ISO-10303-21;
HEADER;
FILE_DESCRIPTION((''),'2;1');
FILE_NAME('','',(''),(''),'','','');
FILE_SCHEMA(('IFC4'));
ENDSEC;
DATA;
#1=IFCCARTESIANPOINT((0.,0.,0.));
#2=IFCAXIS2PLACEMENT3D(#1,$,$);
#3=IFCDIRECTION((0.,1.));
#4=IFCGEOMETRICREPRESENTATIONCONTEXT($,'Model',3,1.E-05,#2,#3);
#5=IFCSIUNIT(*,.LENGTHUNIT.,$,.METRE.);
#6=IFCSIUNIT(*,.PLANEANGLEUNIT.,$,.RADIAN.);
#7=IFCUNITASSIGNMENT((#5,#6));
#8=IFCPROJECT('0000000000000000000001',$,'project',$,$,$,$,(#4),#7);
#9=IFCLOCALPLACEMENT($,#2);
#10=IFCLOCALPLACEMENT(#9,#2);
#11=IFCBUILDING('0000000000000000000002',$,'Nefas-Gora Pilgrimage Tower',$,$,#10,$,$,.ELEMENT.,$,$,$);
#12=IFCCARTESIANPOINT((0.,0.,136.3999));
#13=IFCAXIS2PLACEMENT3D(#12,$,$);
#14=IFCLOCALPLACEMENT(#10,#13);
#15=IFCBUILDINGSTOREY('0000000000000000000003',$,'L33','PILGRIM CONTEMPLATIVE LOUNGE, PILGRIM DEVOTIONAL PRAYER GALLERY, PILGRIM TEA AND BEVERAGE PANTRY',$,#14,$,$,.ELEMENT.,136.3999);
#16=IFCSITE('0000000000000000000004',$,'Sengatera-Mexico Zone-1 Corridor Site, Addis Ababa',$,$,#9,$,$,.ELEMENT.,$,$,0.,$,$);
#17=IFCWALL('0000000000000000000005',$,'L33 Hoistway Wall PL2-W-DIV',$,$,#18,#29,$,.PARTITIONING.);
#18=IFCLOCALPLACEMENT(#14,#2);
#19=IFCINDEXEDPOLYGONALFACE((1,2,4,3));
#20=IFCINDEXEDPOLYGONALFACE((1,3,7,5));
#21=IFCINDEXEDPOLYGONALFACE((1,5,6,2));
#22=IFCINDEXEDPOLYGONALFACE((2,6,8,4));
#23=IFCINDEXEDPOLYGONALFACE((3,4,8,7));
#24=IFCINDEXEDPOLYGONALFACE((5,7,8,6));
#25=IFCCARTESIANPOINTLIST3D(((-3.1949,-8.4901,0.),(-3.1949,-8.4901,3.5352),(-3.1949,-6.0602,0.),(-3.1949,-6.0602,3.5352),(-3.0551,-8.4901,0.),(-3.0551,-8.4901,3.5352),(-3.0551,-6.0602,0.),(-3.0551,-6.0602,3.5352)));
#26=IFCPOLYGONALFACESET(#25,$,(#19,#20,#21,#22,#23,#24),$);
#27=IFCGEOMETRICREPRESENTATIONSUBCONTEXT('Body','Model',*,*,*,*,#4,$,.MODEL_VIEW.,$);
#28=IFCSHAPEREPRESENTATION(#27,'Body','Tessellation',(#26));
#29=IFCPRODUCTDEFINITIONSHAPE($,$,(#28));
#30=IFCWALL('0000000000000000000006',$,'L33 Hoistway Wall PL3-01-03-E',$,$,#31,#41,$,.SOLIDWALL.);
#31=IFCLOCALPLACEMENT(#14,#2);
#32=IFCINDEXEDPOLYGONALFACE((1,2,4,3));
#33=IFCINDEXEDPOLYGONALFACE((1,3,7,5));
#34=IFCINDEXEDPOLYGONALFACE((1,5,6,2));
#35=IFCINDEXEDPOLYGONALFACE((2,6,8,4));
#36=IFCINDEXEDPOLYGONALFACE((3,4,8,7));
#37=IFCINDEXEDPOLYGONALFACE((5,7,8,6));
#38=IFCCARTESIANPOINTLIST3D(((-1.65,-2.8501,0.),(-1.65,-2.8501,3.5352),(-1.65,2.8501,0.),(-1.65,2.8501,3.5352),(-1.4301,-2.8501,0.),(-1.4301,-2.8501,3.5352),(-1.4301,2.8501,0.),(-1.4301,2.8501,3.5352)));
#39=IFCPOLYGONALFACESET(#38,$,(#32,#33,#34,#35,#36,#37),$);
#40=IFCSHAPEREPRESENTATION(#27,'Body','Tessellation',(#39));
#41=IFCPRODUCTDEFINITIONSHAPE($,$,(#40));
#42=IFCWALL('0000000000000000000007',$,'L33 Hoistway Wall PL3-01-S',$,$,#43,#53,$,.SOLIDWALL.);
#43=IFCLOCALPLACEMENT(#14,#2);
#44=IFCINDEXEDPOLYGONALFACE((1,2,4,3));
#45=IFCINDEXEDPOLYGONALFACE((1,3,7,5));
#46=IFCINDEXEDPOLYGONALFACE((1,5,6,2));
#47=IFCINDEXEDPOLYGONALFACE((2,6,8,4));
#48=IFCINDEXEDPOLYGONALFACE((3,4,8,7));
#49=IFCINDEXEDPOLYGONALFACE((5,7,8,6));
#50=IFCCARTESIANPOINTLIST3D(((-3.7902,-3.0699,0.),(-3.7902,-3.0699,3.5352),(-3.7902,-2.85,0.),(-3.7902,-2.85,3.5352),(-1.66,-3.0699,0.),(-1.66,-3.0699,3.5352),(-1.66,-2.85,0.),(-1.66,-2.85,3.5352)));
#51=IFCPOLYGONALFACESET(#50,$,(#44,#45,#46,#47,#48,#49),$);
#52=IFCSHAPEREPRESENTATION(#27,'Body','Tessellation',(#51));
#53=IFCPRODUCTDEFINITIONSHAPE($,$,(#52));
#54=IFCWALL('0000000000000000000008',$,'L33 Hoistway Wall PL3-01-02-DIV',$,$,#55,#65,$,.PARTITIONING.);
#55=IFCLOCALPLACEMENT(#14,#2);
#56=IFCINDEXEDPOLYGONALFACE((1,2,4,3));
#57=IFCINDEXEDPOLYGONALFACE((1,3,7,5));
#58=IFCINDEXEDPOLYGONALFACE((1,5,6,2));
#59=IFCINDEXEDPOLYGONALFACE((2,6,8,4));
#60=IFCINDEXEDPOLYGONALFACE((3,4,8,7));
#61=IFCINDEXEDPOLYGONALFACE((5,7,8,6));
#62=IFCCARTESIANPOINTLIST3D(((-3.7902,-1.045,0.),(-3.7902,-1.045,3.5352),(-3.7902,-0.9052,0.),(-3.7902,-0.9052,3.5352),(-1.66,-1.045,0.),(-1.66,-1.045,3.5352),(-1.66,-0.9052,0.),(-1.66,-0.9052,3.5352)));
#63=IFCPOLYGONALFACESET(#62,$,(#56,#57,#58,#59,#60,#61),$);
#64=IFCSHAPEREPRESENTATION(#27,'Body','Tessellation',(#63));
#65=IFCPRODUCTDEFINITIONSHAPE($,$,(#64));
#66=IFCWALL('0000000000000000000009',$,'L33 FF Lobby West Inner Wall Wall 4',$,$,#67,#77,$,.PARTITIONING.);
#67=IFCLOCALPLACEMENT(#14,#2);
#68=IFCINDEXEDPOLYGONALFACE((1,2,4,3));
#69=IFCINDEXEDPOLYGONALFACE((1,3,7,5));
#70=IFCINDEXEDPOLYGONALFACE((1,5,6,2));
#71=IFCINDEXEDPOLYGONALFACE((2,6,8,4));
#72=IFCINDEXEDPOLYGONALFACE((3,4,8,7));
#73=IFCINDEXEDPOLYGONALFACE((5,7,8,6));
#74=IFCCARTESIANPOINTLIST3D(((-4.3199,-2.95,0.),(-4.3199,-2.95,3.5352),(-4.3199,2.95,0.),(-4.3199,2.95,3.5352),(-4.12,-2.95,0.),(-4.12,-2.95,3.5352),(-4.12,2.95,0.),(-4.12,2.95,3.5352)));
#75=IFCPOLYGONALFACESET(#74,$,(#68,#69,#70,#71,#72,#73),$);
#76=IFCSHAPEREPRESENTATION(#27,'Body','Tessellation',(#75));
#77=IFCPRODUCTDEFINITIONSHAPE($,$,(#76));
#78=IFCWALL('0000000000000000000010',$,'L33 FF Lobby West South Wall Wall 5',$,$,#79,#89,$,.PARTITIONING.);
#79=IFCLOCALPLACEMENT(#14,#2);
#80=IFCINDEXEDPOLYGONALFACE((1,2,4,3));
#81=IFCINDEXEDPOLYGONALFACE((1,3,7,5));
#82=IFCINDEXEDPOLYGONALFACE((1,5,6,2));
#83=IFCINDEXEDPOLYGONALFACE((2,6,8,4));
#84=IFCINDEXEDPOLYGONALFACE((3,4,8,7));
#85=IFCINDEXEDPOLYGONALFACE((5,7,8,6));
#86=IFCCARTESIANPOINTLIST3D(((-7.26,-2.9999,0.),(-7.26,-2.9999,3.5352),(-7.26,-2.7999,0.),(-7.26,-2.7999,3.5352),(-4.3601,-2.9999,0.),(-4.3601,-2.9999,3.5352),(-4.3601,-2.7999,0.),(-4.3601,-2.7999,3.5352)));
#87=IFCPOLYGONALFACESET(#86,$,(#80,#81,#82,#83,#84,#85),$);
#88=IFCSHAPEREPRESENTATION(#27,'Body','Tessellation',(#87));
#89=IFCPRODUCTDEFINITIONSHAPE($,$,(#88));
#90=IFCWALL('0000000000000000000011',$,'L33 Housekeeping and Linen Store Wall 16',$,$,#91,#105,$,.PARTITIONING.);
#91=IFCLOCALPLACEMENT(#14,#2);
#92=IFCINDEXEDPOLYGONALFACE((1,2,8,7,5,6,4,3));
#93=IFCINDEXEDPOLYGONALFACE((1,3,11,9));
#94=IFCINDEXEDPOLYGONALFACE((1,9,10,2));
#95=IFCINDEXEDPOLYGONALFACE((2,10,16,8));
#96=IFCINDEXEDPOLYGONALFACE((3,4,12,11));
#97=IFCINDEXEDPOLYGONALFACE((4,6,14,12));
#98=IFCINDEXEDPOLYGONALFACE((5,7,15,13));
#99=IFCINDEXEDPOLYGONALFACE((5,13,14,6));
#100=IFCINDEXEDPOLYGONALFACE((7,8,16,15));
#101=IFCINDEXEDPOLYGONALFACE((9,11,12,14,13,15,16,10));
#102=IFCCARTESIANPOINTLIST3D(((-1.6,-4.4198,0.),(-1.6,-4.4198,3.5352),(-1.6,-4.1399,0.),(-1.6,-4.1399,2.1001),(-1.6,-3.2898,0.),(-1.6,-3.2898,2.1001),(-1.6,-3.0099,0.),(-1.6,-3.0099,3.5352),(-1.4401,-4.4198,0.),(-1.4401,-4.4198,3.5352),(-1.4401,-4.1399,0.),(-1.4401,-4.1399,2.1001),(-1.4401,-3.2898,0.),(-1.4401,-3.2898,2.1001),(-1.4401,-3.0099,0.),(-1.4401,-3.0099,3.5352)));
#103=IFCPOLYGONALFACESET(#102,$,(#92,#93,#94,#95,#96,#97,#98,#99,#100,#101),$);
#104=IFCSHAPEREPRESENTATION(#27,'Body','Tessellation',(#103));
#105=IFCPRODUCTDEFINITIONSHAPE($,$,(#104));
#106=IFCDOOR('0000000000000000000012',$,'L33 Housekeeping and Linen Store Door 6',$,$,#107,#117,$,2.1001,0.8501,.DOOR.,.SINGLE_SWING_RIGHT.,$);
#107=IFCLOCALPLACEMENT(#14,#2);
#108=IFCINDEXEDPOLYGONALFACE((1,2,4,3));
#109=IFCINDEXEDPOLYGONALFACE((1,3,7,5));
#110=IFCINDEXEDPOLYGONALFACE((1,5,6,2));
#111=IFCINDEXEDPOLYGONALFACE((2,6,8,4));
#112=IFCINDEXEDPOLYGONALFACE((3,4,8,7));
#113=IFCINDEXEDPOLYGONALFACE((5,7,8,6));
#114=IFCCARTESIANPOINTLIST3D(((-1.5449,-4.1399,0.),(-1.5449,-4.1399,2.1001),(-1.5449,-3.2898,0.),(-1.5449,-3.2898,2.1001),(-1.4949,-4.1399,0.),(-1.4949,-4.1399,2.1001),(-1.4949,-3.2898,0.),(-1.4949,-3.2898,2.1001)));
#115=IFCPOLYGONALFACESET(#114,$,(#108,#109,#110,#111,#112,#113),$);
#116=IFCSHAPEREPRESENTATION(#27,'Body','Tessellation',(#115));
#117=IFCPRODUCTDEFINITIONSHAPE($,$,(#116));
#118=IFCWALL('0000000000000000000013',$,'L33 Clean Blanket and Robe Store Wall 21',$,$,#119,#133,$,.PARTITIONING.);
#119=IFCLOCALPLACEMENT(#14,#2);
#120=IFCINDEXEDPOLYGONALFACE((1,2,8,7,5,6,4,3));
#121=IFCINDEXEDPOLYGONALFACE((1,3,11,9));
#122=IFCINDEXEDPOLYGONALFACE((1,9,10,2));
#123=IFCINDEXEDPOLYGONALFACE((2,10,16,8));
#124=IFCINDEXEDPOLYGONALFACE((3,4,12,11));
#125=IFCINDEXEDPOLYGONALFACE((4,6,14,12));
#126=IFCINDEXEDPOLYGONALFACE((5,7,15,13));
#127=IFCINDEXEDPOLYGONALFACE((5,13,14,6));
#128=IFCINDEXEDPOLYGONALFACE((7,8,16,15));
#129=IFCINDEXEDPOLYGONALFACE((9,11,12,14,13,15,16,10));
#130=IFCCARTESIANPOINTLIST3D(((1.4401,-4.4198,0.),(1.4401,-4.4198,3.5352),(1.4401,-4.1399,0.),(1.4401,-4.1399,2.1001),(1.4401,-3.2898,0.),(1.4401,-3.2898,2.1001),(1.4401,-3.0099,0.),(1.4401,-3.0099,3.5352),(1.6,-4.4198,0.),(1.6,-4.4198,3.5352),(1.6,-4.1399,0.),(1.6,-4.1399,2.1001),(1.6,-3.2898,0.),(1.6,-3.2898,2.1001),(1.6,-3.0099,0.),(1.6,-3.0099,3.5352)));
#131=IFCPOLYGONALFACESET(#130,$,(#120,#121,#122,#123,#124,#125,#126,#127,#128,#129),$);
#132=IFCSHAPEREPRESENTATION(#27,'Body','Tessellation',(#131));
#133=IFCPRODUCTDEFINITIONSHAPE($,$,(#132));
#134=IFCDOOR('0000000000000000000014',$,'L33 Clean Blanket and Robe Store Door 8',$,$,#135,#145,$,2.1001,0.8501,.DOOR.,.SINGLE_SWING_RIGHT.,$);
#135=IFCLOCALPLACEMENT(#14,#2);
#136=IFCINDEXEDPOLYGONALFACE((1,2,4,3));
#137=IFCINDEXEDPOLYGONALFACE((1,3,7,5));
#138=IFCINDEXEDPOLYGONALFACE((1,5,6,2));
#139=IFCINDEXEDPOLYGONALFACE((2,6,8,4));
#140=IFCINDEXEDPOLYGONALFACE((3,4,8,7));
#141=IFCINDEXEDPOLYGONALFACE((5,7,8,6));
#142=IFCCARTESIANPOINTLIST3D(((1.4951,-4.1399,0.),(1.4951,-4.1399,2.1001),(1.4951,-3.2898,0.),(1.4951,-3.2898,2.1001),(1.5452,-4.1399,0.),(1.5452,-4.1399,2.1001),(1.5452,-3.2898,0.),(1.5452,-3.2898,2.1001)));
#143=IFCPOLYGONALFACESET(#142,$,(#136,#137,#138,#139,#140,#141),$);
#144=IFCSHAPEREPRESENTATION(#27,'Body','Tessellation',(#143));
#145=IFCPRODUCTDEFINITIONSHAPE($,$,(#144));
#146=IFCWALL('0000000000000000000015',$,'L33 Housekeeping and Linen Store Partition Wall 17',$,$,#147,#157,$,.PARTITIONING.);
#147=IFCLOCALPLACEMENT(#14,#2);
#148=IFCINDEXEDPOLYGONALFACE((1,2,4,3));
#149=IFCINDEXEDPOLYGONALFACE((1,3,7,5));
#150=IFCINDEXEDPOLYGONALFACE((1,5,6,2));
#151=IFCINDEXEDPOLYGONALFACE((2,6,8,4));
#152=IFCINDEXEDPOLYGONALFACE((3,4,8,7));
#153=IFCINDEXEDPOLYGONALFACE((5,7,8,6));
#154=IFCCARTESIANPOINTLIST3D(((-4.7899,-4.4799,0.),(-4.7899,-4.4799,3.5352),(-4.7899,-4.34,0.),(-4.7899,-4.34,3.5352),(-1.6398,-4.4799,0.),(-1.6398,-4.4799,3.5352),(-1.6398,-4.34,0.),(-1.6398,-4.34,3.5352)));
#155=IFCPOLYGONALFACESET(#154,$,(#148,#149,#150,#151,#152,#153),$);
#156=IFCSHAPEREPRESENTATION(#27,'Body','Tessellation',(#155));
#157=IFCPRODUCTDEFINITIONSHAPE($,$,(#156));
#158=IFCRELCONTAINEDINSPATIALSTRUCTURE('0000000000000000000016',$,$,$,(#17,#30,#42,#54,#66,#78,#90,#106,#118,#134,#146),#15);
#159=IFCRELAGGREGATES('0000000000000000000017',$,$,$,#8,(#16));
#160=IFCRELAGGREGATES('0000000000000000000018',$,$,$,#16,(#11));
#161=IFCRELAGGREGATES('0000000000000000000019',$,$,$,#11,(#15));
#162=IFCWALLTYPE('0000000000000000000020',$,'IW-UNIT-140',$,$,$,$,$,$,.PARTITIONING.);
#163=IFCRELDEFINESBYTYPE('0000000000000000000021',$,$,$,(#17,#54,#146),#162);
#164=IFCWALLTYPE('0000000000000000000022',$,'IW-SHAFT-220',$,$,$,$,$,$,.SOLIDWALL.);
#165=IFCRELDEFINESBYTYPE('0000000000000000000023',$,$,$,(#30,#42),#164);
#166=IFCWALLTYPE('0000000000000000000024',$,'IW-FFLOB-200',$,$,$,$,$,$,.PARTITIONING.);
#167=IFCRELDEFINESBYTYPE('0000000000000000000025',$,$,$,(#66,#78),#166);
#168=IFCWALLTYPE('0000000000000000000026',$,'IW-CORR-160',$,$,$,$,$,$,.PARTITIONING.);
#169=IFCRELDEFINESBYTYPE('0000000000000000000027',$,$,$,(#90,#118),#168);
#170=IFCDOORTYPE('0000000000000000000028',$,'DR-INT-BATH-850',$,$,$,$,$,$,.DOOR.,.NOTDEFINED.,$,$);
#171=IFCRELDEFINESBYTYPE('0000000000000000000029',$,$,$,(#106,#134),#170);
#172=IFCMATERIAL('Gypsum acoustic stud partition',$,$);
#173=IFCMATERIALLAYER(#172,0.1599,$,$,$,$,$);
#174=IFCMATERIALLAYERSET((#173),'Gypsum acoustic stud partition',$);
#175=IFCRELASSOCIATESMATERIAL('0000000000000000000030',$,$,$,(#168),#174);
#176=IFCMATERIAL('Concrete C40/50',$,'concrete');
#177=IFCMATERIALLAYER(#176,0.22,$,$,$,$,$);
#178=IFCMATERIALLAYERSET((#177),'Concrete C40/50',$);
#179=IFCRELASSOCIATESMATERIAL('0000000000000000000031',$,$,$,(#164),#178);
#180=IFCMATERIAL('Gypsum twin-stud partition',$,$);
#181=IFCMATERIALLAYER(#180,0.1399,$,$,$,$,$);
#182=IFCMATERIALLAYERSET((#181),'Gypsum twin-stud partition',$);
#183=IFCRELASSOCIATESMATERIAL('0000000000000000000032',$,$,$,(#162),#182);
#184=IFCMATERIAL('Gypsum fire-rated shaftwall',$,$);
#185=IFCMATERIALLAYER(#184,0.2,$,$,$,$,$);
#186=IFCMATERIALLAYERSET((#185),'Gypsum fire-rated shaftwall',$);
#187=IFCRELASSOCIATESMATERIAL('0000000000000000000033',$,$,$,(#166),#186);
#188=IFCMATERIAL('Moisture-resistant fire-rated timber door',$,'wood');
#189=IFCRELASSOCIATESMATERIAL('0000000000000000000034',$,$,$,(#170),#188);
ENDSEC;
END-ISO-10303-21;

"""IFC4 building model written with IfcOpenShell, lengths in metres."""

from ifc_helpers import new_model, si_unit, direction, frame, frame_2d, origin, place, context, subcontext, project, spatial, rectangle, extrude, source, transform, mapped, material, layer, layer_set, type_object, element, fill, save


model = new_model("IFC4")

# Units and contexts
model_context = context("Model", 3, precision=1e-05, world=origin(), true_north=direction((0.0, 1.0)))
body_context = subcontext(model_context, "Body", "Model", "MODEL_VIEW")
ifc_project = project(units=[si_unit("LENGTHUNIT", "METRE"), si_unit("PLANEANGLEUNIT", "RADIAN")], contexts=[model_context])

# Site, building, storey
site_placement = place(None, origin())
site = spatial("IfcSite", under=ifc_project, at=site_placement, Name="Sengatera-Mexico Zone-1 Corridor Site, Addis Ababa", CompositionType="ELEMENT", RefElevation=0.0)
building_placement = place(site_placement, origin())
building = spatial("IfcBuilding", under=site, at=building_placement, Name="Nefas-Gora Pilgrimage Tower", CompositionType="ELEMENT")
storey_placement = place(building_placement, frame((0.0, 0.0, 136.3999)))
storey = spatial("IfcBuildingStorey", under=building, at=storey_placement, Name="L33", Description="PILGRIM CONTEMPLATIVE LOUNGE, PILGRIM DEVOTIONAL PRAYER GALLERY, PILGRIM TEA AND BEVERAGE PANTRY", CompositionType="ELEMENT", Elevation=136.3999)

# Walls
ifc_material_1 = material(Name="Gypsum acoustic stud partition")
ifc_layer_1 = layer(ifc_material_1, 0.1599)
ifc_layer_set_1 = layer_set([ifc_layer_1], Name="Gypsum acoustic stud partition")
wall_type_1 = type_object("IfcWallType", Name="IW-CORR-160", PredefinedType="PARTITIONING", material=ifc_layer_set_1)
ifc_material_2 = material(Name="Concrete C40/50", Category="concrete")
ifc_layer_2 = layer(ifc_material_2, 0.22)
ifc_layer_set_2 = layer_set([ifc_layer_2], Name="Concrete C40/50")
wall_type_2 = type_object("IfcWallType", Name="IW-SHAFT-220", PredefinedType="SOLIDWALL", material=ifc_layer_set_2)
ifc_material_3 = material(Name="Gypsum twin-stud partition")
ifc_layer_3 = layer(ifc_material_3, 0.1399)
ifc_layer_set_3 = layer_set([ifc_layer_3], Name="Gypsum twin-stud partition")
wall_type_3 = type_object("IfcWallType", Name="IW-UNIT-140", PredefinedType="PARTITIONING", material=ifc_layer_set_3)
shared_shape_1 = source(origin(), body_context, "Body", "SweptSolid", [
    extrude(rectangle(XDim=2.4299, YDim=0.1399, at=frame_2d((1.2148, 0.0))), origin(), (0.0, 0.0, 1.0), 3.5352),
])
wall_1_placement = place(storey_placement, frame((-3.125, -8.49, 0.0), z_axis=(0.0, 0.0, 1.0), x_axis=(0.0, 1.0, 0.0)))
element("IfcWall", 1, at=wall_1_placement, inside=storey, type_object=wall_type_3, Name="L33 Hoistway Wall PL2-W-DIV", PredefinedType="PARTITIONING", context=body_context, shape_type="MappedRepresentation", body=[
    mapped(shared_shape_1, transform((0.0, 0.0, 0.0), x_axis=(1.0, 0.0, 0.0), y_axis=(0.0, 1.0, 0.0), z_axis=(0.0, 0.0, 1.0), scale=1.0)),
])
shared_shape_2 = source(origin(), body_context, "Body", "SweptSolid", [
    extrude(rectangle(XDim=5.7002, YDim=0.22, at=frame_2d((2.8501, 0.0))), origin(), (0.0, 0.0, 1.0), 3.5352),
])
wall_2_placement = place(storey_placement, frame((-1.54, -2.8501, 0.0), z_axis=(0.0, 0.0, 1.0), x_axis=(0.0, 1.0, 0.0)))
element("IfcWall", 2, at=wall_2_placement, inside=storey, type_object=wall_type_2, Name="L33 Hoistway Wall PL3-01-03-E", PredefinedType="SOLIDWALL", context=body_context, shape_type="MappedRepresentation", body=[
    mapped(shared_shape_2, transform((0.0, 0.0, 0.0), x_axis=(1.0, 0.0, 0.0), y_axis=(0.0, 1.0, 0.0), z_axis=(0.0, 0.0, 1.0), scale=1.0)),
])
shared_shape_3 = source(origin(), body_context, "Body", "SweptSolid", [
    extrude(rectangle(XDim=2.1301, YDim=0.22, at=frame_2d((1.0649, 0.0))), origin(), (0.0, 0.0, 1.0), 3.5352),
])
wall_3_placement = place(storey_placement, frame((-3.79, -2.96, 0.0), z_axis=(0.0, 0.0, 1.0), x_axis=(1.0, 0.0, 0.0)))
element("IfcWall", 3, at=wall_3_placement, inside=storey, type_object=wall_type_2, Name="L33 Hoistway Wall PL3-01-S", PredefinedType="SOLIDWALL", context=body_context, shape_type="MappedRepresentation", body=[
    mapped(shared_shape_3, transform((0.0, 0.0, 0.0), x_axis=(1.0, 0.0, 0.0), y_axis=(0.0, 1.0, 0.0), z_axis=(0.0, 0.0, 1.0), scale=1.0)),
])
shared_shape_4 = source(origin(), body_context, "Body", "SweptSolid", [
    extrude(rectangle(XDim=2.1301, YDim=0.1399, at=frame_2d((1.0649, 0.0))), origin(), (0.0, 0.0, 1.0), 3.5352),
])
wall_4_placement = place(storey_placement, frame((-3.79, -0.9751, 0.0), z_axis=(0.0, 0.0, 1.0), x_axis=(1.0, 0.0, 0.0)))
element("IfcWall", 4, at=wall_4_placement, inside=storey, type_object=wall_type_3, Name="L33 Hoistway Wall PL3-01-02-DIV", PredefinedType="PARTITIONING", context=body_context, shape_type="MappedRepresentation", body=[
    mapped(shared_shape_4, transform((0.0, 0.0, 0.0), x_axis=(1.0, 0.0, 0.0), y_axis=(0.0, 1.0, 0.0), z_axis=(0.0, 0.0, 1.0), scale=1.0)),
])
ifc_material_4 = material(Name="Gypsum fire-rated shaftwall")
ifc_layer_4 = layer(ifc_material_4, 0.2)
ifc_layer_set_4 = layer_set([ifc_layer_4], Name="Gypsum fire-rated shaftwall")
wall_type_4 = type_object("IfcWallType", Name="IW-FFLOB-200", PredefinedType="PARTITIONING", material=ifc_layer_set_4)
shared_shape_5 = source(origin(), body_context, "Body", "SweptSolid", [
    extrude(rectangle(XDim=5.8999, YDim=0.2, at=frame_2d((2.95, 0.0))), origin(), (0.0, 0.0, 1.0), 3.5352),
])
wall_5_placement = place(storey_placement, frame((-4.22, -2.95, 0.0), z_axis=(0.0, 0.0, 1.0), x_axis=(0.0, 1.0, 0.0)))
element("IfcWall", 5, at=wall_5_placement, inside=storey, type_object=wall_type_4, Name="L33 FF Lobby West Inner Wall Wall 4", PredefinedType="PARTITIONING", context=body_context, shape_type="MappedRepresentation", body=[
    mapped(shared_shape_5, transform((0.0, 0.0, 0.0), x_axis=(1.0, 0.0, 0.0), y_axis=(0.0, 1.0, 0.0), z_axis=(0.0, 0.0, 1.0), scale=1.0)),
])
shared_shape_6 = source(origin(), body_context, "Body", "SweptSolid", [
    extrude(rectangle(XDim=2.8999, YDim=0.2, at=frame_2d((1.45, 0.0))), origin(), (0.0, 0.0, 1.0), 3.5352),
])
wall_6_placement = place(storey_placement, frame((-7.26, -2.8999, 0.0), z_axis=(0.0, 0.0, 1.0), x_axis=(1.0, 0.0, 0.0)))
element("IfcWall", 6, at=wall_6_placement, inside=storey, type_object=wall_type_4, Name="L33 FF Lobby West South Wall Wall 5", PredefinedType="PARTITIONING", context=body_context, shape_type="MappedRepresentation", body=[
    mapped(shared_shape_6, transform((0.0, 0.0, 0.0), x_axis=(1.0, 0.0, 0.0), y_axis=(0.0, 1.0, 0.0), z_axis=(0.0, 0.0, 1.0), scale=1.0)),
])

# Walls, openings, doors
shared_shape_7 = source(origin(), body_context, "Body", "SweptSolid", [
    extrude(rectangle(XDim=1.4099, YDim=0.1599, at=frame_2d((0.7051, 0.0))), origin(), (0.0, 0.0, 1.0), 3.5352),
])
wall_7_placement = place(storey_placement, frame((-1.52, -4.4199, 0.0), z_axis=(0.0, 0.0, 1.0), x_axis=(0.0, 1.0, 0.0)))
wall_7 = element("IfcWall", 7, at=wall_7_placement, inside=storey, type_object=wall_type_1, Name="L33 Housekeeping and Linen Store Wall 16", PredefinedType="PARTITIONING", context=body_context, shape_type="MappedRepresentation", body=[
    mapped(shared_shape_7, transform((0.0, 0.0, 0.0), x_axis=(1.0, 0.0, 0.0), y_axis=(0.0, 1.0, 0.0), z_axis=(0.0, 0.0, 1.0), scale=1.0)),
])
opening_1_placement = place(wall_7_placement, frame((0.28, 0.0, 0.0)))
opening_1 = element("IfcOpeningElement", 8, at=opening_1_placement, cuts=wall_7, PredefinedType="OPENING", context=body_context, shape_type="SweptSolid", body=[
    extrude(rectangle(XDim=0.8501, YDim=2.1001, at=frame_2d((0.425, 1.05))), frame((0.0, 0.0898, 0.0), z_axis=(0.0, -1.0, 0.0), x_axis=(1.0, 0.0, 0.0)), (0.0, 0.0, 1.0), 0.1799),
])
ifc_material_5 = material(Name="Moisture-resistant fire-rated timber door", Category="wood")
door_type_1 = type_object("IfcDoorType", Name="DR-INT-BATH-850", OperationType="NOTDEFINED", PredefinedType="DOOR", material=ifc_material_5)
shared_shape_8 = source(origin(), body_context, "Body", "SweptSolid", [
    extrude(rectangle(XDim=0.8501, YDim=2.1001, at=frame_2d((0.425, 1.05))), frame((0.0, 0.0249, 0.0), z_axis=(0.0, -1.0, 0.0), x_axis=(1.0, 0.0, 0.0)), (0.0, 0.0, 1.0), 0.05),
])
door_1_placement = place(opening_1_placement, origin())
door_1 = element("IfcDoor", 9, at=door_1_placement, inside=storey, type_object=door_type_1, Name="L33 Housekeeping and Linen Store Door 6", OperationType="SINGLE_SWING_RIGHT", OverallHeight=2.1001, OverallWidth=0.8501, PredefinedType="DOOR", context=body_context, shape_type="MappedRepresentation", body=[
    mapped(shared_shape_8, transform((0.0, 0.0, 0.0), x_axis=(1.0, 0.0, 0.0), y_axis=(0.0, 1.0, 0.0), z_axis=(0.0, 0.0, 1.0), scale=1.0)),
])
fill(opening_1, door_1)
wall_8_placement = place(storey_placement, frame((1.52, -4.4199, 0.0), z_axis=(0.0, 0.0, 1.0), x_axis=(0.0, 1.0, 0.0)))
wall_8 = element("IfcWall", 10, at=wall_8_placement, inside=storey, type_object=wall_type_1, Name="L33 Clean Blanket and Robe Store Wall 21", PredefinedType="PARTITIONING", context=body_context, shape_type="MappedRepresentation", body=[
    mapped(shared_shape_7, transform((0.0, 0.0, 0.0), x_axis=(1.0, 0.0, 0.0), y_axis=(0.0, 1.0, 0.0), z_axis=(0.0, 0.0, 1.0), scale=1.0)),
])
opening_2_placement = place(wall_8_placement, frame((0.28, 0.0, 0.0)))
opening_2 = element("IfcOpeningElement", 11, at=opening_2_placement, cuts=wall_8, PredefinedType="OPENING", context=body_context, shape_type="SweptSolid", body=[
    extrude(rectangle(XDim=0.8501, YDim=2.1001, at=frame_2d((0.425, 1.05))), frame((0.0, 0.0898, 0.0), z_axis=(0.0, -1.0, 0.0), x_axis=(1.0, 0.0, 0.0)), (0.0, 0.0, 1.0), 0.1799),
])
door_2_placement = place(opening_2_placement, origin())
door_2 = element("IfcDoor", 12, at=door_2_placement, inside=storey, type_object=door_type_1, Name="L33 Clean Blanket and Robe Store Door 8", OperationType="SINGLE_SWING_RIGHT", OverallHeight=2.1001, OverallWidth=0.8501, PredefinedType="DOOR", context=body_context, shape_type="MappedRepresentation", body=[
    mapped(shared_shape_8, transform((0.0, 0.0, 0.0), x_axis=(1.0, 0.0, 0.0), y_axis=(0.0, 1.0, 0.0), z_axis=(0.0, 0.0, 1.0), scale=1.0)),
])
fill(opening_2, door_2)

# Wall
shared_shape_9 = source(origin(), body_context, "Body", "SweptSolid", [
    extrude(rectangle(XDim=3.1501, YDim=0.1399, at=frame_2d((1.5752, 0.0))), origin(), (0.0, 0.0, 1.0), 3.5352),
])
wall_9_placement = place(storey_placement, frame((-4.79, -4.4099, 0.0), z_axis=(0.0, 0.0, 1.0), x_axis=(1.0, 0.0, 0.0)))
element("IfcWall", 13, at=wall_9_placement, inside=storey, type_object=wall_type_3, Name="L33 Housekeeping and Linen Store Partition Wall 17", PredefinedType="PARTITIONING", context=body_context, shape_type="MappedRepresentation", body=[
    mapped(shared_shape_9, transform((0.0, 0.0, 0.0), x_axis=(1.0, 0.0, 0.0), y_axis=(0.0, 1.0, 0.0), z_axis=(0.0, 0.0, 1.0), scale=1.0)),
])

save(model, "model.ifc")
